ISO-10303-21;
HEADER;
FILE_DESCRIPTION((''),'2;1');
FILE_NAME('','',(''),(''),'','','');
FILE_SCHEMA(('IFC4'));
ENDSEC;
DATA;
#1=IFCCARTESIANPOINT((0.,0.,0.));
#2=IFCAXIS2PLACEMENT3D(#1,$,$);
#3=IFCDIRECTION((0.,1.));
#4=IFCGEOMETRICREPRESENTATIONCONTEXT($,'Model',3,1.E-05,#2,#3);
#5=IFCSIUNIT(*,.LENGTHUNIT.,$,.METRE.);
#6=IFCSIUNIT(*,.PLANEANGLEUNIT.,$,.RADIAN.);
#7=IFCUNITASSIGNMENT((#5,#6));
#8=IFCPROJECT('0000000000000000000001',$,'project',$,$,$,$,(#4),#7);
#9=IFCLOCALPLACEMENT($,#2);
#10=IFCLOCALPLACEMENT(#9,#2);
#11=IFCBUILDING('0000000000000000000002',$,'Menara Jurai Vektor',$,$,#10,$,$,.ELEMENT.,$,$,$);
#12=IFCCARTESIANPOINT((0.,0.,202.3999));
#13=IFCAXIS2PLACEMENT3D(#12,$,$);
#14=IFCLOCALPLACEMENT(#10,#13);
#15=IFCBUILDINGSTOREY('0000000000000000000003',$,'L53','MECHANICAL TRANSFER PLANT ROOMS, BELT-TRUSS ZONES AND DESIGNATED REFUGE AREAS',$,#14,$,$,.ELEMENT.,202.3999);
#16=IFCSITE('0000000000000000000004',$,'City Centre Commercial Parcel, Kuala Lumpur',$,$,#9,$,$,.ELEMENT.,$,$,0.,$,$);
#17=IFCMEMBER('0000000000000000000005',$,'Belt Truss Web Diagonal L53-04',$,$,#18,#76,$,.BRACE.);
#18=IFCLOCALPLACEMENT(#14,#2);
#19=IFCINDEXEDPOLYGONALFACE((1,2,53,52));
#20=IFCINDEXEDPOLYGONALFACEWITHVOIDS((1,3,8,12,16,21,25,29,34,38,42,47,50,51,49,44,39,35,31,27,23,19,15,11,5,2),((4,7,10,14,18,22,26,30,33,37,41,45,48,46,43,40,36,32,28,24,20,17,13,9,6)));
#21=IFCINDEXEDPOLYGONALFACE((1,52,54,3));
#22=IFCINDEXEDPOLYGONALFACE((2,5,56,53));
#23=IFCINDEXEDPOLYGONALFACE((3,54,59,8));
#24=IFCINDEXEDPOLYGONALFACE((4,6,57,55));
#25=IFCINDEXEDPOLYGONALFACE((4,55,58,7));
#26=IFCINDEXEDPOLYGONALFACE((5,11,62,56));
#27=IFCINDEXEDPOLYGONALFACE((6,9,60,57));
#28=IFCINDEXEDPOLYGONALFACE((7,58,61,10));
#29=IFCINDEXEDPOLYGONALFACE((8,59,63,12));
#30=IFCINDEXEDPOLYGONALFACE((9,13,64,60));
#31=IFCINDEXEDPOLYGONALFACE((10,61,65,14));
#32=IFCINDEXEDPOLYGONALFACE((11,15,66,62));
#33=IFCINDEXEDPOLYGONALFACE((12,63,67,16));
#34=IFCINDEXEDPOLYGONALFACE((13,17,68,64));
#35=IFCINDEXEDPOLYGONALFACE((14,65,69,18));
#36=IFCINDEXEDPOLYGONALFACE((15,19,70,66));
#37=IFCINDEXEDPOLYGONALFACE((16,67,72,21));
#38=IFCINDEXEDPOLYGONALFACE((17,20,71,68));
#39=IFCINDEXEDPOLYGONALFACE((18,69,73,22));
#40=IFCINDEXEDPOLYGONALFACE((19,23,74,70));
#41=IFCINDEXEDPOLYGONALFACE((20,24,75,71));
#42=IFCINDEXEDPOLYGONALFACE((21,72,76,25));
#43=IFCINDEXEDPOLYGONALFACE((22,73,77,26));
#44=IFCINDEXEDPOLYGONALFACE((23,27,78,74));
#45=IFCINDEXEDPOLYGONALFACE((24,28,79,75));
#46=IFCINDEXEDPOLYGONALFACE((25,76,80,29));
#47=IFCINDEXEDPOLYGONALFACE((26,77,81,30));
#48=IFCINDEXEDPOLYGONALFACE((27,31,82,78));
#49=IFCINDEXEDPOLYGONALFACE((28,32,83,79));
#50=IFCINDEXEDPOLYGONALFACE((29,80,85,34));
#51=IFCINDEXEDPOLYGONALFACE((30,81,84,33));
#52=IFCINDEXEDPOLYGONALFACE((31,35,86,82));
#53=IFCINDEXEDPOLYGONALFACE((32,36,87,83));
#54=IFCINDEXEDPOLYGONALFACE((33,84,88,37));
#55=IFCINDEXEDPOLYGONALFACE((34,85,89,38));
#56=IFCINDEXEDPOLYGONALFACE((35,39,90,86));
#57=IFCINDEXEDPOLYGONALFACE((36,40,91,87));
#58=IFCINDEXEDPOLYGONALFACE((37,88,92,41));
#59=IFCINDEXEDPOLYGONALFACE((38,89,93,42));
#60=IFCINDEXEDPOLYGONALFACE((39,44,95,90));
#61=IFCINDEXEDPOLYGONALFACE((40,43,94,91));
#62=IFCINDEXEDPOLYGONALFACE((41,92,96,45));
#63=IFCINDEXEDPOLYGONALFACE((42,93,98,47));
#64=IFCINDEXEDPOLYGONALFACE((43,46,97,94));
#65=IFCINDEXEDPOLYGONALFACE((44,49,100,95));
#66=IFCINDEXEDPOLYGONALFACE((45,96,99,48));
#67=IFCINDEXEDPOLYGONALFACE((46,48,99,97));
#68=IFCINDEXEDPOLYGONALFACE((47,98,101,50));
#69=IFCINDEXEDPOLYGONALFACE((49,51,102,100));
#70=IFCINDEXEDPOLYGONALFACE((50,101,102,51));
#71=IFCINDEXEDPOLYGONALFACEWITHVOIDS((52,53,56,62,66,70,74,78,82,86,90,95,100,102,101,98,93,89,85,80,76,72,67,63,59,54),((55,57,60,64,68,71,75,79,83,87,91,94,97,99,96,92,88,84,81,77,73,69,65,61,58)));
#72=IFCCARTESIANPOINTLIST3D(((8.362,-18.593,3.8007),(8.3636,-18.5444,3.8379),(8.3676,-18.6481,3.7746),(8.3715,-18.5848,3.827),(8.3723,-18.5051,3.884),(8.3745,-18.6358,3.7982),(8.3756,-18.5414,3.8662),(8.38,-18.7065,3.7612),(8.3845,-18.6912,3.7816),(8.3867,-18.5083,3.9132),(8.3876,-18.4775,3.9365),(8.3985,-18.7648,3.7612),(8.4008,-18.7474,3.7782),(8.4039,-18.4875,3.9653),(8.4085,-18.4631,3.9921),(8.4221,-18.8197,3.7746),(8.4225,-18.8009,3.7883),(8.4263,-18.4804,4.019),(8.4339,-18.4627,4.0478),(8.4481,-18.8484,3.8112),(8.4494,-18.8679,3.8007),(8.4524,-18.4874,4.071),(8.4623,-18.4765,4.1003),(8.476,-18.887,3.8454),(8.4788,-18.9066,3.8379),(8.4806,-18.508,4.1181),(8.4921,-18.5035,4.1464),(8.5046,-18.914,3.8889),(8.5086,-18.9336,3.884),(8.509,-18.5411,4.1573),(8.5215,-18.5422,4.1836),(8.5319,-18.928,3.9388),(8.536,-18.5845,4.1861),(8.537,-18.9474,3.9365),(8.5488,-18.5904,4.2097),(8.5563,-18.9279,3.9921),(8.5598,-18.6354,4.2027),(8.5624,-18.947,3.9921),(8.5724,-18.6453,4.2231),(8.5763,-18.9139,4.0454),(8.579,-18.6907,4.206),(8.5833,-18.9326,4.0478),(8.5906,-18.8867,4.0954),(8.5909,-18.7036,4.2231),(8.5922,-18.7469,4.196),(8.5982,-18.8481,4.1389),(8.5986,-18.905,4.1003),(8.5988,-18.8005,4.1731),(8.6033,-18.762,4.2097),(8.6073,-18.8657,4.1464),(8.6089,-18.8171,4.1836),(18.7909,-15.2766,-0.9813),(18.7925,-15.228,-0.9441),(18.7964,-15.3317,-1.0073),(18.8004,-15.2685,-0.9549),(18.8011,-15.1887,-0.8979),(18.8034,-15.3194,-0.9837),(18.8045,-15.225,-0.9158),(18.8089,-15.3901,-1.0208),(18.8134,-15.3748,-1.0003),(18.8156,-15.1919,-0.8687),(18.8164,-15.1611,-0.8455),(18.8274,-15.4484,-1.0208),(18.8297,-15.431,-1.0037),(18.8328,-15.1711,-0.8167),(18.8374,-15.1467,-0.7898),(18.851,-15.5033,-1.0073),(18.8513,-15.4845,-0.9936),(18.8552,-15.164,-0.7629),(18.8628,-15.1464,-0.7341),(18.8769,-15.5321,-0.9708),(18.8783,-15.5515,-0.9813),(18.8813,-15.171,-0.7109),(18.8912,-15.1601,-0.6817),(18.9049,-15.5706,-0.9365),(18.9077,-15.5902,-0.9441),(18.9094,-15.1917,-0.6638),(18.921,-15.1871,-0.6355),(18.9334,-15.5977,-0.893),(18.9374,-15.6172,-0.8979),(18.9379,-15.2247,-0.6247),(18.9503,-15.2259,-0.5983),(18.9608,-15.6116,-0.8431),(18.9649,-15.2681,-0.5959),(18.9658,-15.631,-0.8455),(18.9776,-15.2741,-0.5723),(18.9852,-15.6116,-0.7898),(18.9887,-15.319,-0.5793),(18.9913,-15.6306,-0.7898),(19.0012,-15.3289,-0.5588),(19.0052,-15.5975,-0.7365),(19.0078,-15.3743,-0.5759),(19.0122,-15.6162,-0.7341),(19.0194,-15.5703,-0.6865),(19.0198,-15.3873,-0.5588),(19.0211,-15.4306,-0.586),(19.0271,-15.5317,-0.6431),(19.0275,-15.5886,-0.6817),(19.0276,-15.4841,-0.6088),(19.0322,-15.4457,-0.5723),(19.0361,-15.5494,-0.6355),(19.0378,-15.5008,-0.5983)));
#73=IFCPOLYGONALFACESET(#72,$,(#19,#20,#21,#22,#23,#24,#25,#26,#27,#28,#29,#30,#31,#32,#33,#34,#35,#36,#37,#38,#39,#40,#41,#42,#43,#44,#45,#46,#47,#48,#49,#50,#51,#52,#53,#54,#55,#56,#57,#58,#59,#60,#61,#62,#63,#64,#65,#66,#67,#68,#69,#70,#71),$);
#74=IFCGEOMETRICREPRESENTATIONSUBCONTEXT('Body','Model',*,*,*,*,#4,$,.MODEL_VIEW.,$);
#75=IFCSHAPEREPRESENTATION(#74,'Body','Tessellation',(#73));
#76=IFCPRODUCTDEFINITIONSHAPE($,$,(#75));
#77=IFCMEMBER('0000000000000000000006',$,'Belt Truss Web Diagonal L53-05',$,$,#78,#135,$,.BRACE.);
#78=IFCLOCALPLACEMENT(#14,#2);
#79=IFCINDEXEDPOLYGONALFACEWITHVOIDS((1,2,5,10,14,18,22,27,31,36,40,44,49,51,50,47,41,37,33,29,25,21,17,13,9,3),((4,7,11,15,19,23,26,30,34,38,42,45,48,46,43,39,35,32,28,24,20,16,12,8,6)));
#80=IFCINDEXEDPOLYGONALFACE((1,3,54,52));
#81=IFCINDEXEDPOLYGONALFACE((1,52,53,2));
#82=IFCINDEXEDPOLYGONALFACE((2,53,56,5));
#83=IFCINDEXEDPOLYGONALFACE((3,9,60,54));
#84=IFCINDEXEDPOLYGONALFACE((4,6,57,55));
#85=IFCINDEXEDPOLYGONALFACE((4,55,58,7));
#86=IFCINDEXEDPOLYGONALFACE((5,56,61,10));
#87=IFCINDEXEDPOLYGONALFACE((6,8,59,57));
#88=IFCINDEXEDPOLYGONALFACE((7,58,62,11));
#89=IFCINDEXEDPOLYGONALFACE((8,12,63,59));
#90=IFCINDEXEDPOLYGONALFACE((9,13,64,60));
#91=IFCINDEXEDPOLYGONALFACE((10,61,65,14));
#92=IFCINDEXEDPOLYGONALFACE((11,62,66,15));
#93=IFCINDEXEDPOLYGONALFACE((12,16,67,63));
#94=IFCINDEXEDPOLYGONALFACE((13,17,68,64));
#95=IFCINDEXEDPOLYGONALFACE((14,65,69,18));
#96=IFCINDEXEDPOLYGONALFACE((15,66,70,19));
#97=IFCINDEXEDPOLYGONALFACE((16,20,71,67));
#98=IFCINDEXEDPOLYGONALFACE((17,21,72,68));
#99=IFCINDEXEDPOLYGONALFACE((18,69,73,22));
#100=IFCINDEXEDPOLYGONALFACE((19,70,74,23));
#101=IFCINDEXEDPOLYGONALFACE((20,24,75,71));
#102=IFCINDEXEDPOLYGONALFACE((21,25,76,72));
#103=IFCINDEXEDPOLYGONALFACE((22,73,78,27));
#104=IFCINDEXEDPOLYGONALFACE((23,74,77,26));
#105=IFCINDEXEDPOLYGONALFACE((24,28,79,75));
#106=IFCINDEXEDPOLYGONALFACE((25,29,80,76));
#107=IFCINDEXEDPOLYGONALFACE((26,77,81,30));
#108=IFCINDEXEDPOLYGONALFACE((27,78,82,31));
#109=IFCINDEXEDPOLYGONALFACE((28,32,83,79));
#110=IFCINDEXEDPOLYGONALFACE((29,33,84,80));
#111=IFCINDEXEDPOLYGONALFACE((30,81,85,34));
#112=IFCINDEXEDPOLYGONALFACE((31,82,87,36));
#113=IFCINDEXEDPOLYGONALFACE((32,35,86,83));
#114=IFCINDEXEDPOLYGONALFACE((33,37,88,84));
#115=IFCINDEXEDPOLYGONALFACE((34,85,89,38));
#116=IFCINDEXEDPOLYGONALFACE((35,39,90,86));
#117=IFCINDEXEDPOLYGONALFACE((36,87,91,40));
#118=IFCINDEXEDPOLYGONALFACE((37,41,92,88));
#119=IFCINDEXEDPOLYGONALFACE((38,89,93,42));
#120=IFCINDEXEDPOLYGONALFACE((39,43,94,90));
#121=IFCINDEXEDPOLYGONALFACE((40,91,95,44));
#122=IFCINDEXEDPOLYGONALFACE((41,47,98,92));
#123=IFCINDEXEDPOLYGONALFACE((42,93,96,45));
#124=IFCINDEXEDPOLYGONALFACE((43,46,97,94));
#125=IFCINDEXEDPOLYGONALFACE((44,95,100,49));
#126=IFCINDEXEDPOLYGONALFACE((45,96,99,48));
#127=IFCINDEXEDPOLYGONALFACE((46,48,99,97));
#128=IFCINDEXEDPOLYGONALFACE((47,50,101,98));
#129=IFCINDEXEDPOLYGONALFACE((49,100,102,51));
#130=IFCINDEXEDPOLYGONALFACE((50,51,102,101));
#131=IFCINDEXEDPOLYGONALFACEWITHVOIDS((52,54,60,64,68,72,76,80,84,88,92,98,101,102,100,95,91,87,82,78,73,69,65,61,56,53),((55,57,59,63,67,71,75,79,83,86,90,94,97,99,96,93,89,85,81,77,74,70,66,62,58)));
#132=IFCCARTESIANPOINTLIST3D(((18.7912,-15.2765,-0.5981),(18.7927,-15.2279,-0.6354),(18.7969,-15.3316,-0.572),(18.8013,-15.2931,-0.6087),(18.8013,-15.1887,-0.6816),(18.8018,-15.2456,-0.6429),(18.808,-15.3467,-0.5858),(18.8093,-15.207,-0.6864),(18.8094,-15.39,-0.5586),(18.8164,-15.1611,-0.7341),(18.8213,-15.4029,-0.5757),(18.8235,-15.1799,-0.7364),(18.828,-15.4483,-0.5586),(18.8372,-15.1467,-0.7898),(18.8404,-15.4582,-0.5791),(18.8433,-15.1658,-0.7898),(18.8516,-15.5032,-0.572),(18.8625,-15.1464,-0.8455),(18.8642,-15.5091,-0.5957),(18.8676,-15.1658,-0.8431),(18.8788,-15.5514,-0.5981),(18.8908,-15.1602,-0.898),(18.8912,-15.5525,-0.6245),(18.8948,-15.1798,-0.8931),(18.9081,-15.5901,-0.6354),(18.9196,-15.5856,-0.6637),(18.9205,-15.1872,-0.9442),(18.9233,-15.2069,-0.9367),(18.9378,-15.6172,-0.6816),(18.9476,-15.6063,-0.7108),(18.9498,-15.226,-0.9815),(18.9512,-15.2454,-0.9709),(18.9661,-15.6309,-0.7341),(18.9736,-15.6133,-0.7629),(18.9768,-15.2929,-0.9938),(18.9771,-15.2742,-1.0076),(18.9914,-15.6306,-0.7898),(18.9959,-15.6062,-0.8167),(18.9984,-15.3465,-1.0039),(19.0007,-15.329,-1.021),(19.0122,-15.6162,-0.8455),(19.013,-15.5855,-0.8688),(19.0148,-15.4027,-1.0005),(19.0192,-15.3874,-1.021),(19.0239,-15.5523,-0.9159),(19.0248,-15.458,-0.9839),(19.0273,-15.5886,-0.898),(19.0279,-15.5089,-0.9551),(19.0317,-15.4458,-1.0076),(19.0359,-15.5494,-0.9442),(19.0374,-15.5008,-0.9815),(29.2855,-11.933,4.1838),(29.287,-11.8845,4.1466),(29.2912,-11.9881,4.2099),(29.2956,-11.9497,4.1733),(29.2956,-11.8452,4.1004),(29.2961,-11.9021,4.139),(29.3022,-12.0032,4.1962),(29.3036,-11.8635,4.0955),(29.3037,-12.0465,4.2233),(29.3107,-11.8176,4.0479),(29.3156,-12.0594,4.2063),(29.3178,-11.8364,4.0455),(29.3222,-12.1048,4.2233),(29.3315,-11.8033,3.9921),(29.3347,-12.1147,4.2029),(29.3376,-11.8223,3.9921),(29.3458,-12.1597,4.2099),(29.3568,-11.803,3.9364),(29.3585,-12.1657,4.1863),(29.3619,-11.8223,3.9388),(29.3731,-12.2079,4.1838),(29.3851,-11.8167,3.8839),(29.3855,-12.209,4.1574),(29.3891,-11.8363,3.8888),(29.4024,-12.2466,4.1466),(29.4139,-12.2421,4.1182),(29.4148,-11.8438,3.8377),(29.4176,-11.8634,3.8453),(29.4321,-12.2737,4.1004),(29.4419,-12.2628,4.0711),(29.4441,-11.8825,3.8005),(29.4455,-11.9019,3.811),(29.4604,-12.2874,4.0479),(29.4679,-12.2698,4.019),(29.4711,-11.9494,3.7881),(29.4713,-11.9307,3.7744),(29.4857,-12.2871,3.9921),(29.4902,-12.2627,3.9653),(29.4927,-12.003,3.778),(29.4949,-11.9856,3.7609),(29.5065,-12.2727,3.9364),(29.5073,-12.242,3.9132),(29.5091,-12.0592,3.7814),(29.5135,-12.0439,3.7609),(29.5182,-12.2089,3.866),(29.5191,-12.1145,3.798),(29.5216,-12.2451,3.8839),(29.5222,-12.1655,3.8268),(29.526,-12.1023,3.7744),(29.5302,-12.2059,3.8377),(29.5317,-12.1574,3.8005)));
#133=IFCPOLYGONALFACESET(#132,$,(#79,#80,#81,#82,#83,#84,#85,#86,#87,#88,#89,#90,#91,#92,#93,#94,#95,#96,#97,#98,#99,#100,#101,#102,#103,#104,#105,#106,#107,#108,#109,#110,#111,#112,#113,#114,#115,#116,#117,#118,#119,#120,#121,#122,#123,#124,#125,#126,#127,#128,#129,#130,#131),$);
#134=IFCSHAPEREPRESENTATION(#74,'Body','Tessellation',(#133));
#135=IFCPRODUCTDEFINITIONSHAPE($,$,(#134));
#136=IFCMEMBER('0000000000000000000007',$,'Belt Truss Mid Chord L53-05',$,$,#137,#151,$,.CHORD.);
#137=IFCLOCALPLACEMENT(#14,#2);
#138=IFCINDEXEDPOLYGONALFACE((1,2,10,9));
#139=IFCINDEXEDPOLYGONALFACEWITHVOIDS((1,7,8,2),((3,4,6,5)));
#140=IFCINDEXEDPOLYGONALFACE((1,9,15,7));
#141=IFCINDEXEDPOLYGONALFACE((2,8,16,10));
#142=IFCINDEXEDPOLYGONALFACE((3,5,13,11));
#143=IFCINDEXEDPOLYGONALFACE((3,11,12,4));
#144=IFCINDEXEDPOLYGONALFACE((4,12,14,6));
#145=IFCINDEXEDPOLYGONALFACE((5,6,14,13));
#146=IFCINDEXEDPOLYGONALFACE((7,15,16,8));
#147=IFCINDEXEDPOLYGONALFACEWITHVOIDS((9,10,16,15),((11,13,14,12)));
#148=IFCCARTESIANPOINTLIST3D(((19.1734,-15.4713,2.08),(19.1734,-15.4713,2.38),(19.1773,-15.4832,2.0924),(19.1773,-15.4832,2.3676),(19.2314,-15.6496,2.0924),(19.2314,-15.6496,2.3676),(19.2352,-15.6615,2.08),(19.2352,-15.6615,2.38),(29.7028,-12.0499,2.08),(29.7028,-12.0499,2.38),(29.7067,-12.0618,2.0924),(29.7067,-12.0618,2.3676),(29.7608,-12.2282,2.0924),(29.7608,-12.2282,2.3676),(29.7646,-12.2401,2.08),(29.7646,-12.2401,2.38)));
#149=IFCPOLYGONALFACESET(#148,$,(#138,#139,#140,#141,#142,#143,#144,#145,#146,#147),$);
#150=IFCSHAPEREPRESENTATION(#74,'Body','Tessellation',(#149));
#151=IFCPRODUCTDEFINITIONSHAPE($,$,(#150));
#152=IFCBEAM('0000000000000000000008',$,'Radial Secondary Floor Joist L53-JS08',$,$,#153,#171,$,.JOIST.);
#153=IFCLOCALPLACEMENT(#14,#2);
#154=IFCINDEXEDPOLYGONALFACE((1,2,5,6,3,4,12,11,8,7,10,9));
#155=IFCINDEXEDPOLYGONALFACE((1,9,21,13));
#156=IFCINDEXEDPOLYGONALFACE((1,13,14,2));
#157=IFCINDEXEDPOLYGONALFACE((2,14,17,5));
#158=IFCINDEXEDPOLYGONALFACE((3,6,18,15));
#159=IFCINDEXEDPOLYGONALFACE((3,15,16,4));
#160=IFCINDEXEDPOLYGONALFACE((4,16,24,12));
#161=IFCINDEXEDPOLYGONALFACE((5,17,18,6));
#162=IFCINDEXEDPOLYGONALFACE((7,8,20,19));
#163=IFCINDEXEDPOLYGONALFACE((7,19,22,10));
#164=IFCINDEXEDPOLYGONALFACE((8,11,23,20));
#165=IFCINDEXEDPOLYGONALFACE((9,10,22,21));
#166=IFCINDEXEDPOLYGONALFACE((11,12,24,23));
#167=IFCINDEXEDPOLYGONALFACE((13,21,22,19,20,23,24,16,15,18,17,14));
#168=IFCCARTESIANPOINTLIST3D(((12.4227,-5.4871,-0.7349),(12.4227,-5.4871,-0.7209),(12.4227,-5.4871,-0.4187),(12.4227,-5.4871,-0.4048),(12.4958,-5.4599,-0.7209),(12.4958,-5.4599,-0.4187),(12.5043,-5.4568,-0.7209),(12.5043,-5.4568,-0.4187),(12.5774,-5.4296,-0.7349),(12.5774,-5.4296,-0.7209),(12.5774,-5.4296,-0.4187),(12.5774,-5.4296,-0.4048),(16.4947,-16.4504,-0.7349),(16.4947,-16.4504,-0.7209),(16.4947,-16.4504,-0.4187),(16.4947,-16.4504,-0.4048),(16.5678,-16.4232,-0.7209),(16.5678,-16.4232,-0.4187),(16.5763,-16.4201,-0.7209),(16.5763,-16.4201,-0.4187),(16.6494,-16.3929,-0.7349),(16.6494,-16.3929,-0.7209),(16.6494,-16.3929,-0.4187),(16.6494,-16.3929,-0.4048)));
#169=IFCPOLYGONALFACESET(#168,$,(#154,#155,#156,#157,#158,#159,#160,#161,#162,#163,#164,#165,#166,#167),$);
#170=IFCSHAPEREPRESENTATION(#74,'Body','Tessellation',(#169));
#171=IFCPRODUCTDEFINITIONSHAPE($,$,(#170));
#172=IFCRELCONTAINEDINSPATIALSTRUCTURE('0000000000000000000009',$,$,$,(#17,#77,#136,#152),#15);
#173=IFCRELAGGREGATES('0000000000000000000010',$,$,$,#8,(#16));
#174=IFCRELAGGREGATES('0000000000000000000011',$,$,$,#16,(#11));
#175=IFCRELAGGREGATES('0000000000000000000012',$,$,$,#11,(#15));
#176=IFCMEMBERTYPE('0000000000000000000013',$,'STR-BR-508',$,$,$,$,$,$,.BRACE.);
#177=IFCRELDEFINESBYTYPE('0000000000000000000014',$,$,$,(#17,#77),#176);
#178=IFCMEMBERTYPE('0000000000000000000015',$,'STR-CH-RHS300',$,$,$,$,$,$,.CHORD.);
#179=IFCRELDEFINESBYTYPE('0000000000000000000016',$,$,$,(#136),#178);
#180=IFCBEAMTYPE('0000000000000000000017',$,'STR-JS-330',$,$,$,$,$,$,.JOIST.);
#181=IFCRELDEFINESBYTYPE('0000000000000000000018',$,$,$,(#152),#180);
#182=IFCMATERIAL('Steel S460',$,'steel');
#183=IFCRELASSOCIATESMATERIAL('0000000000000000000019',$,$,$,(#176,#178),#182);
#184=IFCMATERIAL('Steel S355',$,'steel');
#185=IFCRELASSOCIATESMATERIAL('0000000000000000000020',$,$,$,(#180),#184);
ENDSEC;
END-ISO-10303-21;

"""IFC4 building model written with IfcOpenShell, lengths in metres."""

from ifc_helpers import new_model, si_unit, direction, frame, origin, origin_2d, place, context, subcontext, project, spatial, hollow_rectangle, hollow_circle, i_section, extrude, material, material_profile, profile_set, type_object, element, save


model = new_model("IFC4")

# Units and contexts
model_context = context("Model", 3, precision=1e-05, world=origin(), true_north=direction((0.0, 1.0)))
body_context = subcontext(model_context, "Body", "Model", "MODEL_VIEW")
ifc_project = project(units=[si_unit("LENGTHUNIT", "METRE"), si_unit("PLANEANGLEUNIT", "RADIAN")], contexts=[model_context])

# Site, building, storey
site_placement = place(None, origin())
site = spatial("IfcSite", under=ifc_project, at=site_placement, Name="City Centre Commercial Parcel, Kuala Lumpur", CompositionType="ELEMENT", RefElevation=0.0)
building_placement = place(site_placement, origin())
building = spatial("IfcBuilding", under=site, at=building_placement, Name="Menara Jurai Vektor", CompositionType="ELEMENT")
storey_placement = place(building_placement, frame((0.0, 0.0, 202.3999)))
storey = spatial("IfcBuildingStorey", under=building, at=storey_placement, Name="L53", Description="MECHANICAL TRANSFER PLANT ROOMS, BELT-TRUSS ZONES AND DESIGNATED REFUGE AREAS", CompositionType="ELEMENT", Elevation=202.3999)

# Shared definitions
ifc_material_1 = material(Name="Steel S460", Category="steel")

# Members
ifc_material_profile_1 = material_profile(ifc_material_1, hollow_circle(Radius=0.2539, WallThickness=0.02, at=origin_2d()), Name="CHS 508x20")
ifc_profile_set_1 = profile_set([ifc_material_profile_1], Name="Steel S460")
member_type_1 = type_object("IfcMemberType", Name="STR-BR-508", PredefinedType="BRACE", material=ifc_profile_set_1)
member_1_placement = place(storey_placement, frame((18.9143, -15.3887, -0.7898), z_axis=(-0.873247, -0.277692, 0.400409), x_axis=(0.303046, -0.952976, 0.0)))
element("IfcMember", 1, at=member_1_placement, inside=storey, type_object=member_type_1, Name="Belt Truss Web Diagonal L53-04", PredefinedType="BRACE", context=body_context, shape_type="SweptSolid", body=[
    extrude(hollow_circle(Radius=0.2539, WallThickness=0.02, at=origin_2d()), origin(), (0.0, 0.0, 1.0), 11.9426),
])
member_2_placement = place(storey_placement, frame((18.9143, -15.3887, -0.7898), z_axis=(0.873991, 0.278453, 0.398252), x_axis=(-0.303565, 0.952811, 0.0)))
element("IfcMember", 2, at=member_2_placement, inside=storey, type_object=member_type_1, Name="Belt Truss Web Diagonal L53-05", PredefinedType="BRACE", context=body_context, shape_type="SweptSolid", body=[
    extrude(hollow_circle(Radius=0.2539, WallThickness=0.02, at=origin_2d()), origin(), (0.0, 0.0, 1.0), 12.0073),
])
ifc_material_profile_2 = material_profile(ifc_material_1, hollow_rectangle(XDim=0.2, YDim=0.3, WallThickness=0.0125, at=origin_2d()), Name="RHS 300x200x12.5")
ifc_profile_set_2 = profile_set([ifc_material_profile_2], Name="Steel S460")
member_type_2 = type_object("IfcMemberType", Name="STR-CH-RHS300", PredefinedType="CHORD", material=ifc_profile_set_2)
member_3_placement = place(storey_placement, frame((19.2043, -15.5664, 2.23), z_axis=(0.951051, 0.309034, 0.0), x_axis=(-0.309034, 0.951051, 0.0)))
element("IfcMember", 3, at=member_3_placement, inside=storey, type_object=member_type_2, Name="Belt Truss Mid Chord L53-05", PredefinedType="CHORD", context=body_context, shape_type="SweptSolid", body=[
    extrude(hollow_rectangle(XDim=0.2, YDim=0.3, WallThickness=0.0125, at=origin_2d()), origin(), (0.0, 0.0, 1.0), 11.0713),
])

# Beam
ifc_material_2 = material(Name="Steel S355", Category="steel")
ifc_material_profile_3 = material_profile(ifc_material_2, i_section(OverallWidth=0.165, OverallDepth=0.3301, WebThickness=0.009, FlangeThickness=0.0139, at=origin_2d()), Name="PG 330x165x46")
ifc_profile_set_3 = profile_set([ifc_material_profile_3], Name="Steel S355")
beam_type_1 = type_object("IfcBeamType", Name="STR-JS-330", PredefinedType="JOIST", material=ifc_profile_set_3)
beam_1_placement = place(storey_placement, frame((16.572, -16.4216, -0.5698), z_axis=(-0.34818, 0.937428, 0.0), x_axis=(-0.937428, -0.34818, 0.0)))
element("IfcBeam", 4, at=beam_1_placement, inside=storey, type_object=beam_type_1, Name="Radial Secondary Floor Joist L53-JS08", PredefinedType="JOIST", context=body_context, shape_type="SweptSolid", body=[
    extrude(i_section(OverallWidth=0.165, OverallDepth=0.3301, WebThickness=0.009, FlangeThickness=0.0139, at=origin_2d()), origin(), (0.0, 0.0, 1.0), 11.6951),
])

save(model, "model.ifc")
